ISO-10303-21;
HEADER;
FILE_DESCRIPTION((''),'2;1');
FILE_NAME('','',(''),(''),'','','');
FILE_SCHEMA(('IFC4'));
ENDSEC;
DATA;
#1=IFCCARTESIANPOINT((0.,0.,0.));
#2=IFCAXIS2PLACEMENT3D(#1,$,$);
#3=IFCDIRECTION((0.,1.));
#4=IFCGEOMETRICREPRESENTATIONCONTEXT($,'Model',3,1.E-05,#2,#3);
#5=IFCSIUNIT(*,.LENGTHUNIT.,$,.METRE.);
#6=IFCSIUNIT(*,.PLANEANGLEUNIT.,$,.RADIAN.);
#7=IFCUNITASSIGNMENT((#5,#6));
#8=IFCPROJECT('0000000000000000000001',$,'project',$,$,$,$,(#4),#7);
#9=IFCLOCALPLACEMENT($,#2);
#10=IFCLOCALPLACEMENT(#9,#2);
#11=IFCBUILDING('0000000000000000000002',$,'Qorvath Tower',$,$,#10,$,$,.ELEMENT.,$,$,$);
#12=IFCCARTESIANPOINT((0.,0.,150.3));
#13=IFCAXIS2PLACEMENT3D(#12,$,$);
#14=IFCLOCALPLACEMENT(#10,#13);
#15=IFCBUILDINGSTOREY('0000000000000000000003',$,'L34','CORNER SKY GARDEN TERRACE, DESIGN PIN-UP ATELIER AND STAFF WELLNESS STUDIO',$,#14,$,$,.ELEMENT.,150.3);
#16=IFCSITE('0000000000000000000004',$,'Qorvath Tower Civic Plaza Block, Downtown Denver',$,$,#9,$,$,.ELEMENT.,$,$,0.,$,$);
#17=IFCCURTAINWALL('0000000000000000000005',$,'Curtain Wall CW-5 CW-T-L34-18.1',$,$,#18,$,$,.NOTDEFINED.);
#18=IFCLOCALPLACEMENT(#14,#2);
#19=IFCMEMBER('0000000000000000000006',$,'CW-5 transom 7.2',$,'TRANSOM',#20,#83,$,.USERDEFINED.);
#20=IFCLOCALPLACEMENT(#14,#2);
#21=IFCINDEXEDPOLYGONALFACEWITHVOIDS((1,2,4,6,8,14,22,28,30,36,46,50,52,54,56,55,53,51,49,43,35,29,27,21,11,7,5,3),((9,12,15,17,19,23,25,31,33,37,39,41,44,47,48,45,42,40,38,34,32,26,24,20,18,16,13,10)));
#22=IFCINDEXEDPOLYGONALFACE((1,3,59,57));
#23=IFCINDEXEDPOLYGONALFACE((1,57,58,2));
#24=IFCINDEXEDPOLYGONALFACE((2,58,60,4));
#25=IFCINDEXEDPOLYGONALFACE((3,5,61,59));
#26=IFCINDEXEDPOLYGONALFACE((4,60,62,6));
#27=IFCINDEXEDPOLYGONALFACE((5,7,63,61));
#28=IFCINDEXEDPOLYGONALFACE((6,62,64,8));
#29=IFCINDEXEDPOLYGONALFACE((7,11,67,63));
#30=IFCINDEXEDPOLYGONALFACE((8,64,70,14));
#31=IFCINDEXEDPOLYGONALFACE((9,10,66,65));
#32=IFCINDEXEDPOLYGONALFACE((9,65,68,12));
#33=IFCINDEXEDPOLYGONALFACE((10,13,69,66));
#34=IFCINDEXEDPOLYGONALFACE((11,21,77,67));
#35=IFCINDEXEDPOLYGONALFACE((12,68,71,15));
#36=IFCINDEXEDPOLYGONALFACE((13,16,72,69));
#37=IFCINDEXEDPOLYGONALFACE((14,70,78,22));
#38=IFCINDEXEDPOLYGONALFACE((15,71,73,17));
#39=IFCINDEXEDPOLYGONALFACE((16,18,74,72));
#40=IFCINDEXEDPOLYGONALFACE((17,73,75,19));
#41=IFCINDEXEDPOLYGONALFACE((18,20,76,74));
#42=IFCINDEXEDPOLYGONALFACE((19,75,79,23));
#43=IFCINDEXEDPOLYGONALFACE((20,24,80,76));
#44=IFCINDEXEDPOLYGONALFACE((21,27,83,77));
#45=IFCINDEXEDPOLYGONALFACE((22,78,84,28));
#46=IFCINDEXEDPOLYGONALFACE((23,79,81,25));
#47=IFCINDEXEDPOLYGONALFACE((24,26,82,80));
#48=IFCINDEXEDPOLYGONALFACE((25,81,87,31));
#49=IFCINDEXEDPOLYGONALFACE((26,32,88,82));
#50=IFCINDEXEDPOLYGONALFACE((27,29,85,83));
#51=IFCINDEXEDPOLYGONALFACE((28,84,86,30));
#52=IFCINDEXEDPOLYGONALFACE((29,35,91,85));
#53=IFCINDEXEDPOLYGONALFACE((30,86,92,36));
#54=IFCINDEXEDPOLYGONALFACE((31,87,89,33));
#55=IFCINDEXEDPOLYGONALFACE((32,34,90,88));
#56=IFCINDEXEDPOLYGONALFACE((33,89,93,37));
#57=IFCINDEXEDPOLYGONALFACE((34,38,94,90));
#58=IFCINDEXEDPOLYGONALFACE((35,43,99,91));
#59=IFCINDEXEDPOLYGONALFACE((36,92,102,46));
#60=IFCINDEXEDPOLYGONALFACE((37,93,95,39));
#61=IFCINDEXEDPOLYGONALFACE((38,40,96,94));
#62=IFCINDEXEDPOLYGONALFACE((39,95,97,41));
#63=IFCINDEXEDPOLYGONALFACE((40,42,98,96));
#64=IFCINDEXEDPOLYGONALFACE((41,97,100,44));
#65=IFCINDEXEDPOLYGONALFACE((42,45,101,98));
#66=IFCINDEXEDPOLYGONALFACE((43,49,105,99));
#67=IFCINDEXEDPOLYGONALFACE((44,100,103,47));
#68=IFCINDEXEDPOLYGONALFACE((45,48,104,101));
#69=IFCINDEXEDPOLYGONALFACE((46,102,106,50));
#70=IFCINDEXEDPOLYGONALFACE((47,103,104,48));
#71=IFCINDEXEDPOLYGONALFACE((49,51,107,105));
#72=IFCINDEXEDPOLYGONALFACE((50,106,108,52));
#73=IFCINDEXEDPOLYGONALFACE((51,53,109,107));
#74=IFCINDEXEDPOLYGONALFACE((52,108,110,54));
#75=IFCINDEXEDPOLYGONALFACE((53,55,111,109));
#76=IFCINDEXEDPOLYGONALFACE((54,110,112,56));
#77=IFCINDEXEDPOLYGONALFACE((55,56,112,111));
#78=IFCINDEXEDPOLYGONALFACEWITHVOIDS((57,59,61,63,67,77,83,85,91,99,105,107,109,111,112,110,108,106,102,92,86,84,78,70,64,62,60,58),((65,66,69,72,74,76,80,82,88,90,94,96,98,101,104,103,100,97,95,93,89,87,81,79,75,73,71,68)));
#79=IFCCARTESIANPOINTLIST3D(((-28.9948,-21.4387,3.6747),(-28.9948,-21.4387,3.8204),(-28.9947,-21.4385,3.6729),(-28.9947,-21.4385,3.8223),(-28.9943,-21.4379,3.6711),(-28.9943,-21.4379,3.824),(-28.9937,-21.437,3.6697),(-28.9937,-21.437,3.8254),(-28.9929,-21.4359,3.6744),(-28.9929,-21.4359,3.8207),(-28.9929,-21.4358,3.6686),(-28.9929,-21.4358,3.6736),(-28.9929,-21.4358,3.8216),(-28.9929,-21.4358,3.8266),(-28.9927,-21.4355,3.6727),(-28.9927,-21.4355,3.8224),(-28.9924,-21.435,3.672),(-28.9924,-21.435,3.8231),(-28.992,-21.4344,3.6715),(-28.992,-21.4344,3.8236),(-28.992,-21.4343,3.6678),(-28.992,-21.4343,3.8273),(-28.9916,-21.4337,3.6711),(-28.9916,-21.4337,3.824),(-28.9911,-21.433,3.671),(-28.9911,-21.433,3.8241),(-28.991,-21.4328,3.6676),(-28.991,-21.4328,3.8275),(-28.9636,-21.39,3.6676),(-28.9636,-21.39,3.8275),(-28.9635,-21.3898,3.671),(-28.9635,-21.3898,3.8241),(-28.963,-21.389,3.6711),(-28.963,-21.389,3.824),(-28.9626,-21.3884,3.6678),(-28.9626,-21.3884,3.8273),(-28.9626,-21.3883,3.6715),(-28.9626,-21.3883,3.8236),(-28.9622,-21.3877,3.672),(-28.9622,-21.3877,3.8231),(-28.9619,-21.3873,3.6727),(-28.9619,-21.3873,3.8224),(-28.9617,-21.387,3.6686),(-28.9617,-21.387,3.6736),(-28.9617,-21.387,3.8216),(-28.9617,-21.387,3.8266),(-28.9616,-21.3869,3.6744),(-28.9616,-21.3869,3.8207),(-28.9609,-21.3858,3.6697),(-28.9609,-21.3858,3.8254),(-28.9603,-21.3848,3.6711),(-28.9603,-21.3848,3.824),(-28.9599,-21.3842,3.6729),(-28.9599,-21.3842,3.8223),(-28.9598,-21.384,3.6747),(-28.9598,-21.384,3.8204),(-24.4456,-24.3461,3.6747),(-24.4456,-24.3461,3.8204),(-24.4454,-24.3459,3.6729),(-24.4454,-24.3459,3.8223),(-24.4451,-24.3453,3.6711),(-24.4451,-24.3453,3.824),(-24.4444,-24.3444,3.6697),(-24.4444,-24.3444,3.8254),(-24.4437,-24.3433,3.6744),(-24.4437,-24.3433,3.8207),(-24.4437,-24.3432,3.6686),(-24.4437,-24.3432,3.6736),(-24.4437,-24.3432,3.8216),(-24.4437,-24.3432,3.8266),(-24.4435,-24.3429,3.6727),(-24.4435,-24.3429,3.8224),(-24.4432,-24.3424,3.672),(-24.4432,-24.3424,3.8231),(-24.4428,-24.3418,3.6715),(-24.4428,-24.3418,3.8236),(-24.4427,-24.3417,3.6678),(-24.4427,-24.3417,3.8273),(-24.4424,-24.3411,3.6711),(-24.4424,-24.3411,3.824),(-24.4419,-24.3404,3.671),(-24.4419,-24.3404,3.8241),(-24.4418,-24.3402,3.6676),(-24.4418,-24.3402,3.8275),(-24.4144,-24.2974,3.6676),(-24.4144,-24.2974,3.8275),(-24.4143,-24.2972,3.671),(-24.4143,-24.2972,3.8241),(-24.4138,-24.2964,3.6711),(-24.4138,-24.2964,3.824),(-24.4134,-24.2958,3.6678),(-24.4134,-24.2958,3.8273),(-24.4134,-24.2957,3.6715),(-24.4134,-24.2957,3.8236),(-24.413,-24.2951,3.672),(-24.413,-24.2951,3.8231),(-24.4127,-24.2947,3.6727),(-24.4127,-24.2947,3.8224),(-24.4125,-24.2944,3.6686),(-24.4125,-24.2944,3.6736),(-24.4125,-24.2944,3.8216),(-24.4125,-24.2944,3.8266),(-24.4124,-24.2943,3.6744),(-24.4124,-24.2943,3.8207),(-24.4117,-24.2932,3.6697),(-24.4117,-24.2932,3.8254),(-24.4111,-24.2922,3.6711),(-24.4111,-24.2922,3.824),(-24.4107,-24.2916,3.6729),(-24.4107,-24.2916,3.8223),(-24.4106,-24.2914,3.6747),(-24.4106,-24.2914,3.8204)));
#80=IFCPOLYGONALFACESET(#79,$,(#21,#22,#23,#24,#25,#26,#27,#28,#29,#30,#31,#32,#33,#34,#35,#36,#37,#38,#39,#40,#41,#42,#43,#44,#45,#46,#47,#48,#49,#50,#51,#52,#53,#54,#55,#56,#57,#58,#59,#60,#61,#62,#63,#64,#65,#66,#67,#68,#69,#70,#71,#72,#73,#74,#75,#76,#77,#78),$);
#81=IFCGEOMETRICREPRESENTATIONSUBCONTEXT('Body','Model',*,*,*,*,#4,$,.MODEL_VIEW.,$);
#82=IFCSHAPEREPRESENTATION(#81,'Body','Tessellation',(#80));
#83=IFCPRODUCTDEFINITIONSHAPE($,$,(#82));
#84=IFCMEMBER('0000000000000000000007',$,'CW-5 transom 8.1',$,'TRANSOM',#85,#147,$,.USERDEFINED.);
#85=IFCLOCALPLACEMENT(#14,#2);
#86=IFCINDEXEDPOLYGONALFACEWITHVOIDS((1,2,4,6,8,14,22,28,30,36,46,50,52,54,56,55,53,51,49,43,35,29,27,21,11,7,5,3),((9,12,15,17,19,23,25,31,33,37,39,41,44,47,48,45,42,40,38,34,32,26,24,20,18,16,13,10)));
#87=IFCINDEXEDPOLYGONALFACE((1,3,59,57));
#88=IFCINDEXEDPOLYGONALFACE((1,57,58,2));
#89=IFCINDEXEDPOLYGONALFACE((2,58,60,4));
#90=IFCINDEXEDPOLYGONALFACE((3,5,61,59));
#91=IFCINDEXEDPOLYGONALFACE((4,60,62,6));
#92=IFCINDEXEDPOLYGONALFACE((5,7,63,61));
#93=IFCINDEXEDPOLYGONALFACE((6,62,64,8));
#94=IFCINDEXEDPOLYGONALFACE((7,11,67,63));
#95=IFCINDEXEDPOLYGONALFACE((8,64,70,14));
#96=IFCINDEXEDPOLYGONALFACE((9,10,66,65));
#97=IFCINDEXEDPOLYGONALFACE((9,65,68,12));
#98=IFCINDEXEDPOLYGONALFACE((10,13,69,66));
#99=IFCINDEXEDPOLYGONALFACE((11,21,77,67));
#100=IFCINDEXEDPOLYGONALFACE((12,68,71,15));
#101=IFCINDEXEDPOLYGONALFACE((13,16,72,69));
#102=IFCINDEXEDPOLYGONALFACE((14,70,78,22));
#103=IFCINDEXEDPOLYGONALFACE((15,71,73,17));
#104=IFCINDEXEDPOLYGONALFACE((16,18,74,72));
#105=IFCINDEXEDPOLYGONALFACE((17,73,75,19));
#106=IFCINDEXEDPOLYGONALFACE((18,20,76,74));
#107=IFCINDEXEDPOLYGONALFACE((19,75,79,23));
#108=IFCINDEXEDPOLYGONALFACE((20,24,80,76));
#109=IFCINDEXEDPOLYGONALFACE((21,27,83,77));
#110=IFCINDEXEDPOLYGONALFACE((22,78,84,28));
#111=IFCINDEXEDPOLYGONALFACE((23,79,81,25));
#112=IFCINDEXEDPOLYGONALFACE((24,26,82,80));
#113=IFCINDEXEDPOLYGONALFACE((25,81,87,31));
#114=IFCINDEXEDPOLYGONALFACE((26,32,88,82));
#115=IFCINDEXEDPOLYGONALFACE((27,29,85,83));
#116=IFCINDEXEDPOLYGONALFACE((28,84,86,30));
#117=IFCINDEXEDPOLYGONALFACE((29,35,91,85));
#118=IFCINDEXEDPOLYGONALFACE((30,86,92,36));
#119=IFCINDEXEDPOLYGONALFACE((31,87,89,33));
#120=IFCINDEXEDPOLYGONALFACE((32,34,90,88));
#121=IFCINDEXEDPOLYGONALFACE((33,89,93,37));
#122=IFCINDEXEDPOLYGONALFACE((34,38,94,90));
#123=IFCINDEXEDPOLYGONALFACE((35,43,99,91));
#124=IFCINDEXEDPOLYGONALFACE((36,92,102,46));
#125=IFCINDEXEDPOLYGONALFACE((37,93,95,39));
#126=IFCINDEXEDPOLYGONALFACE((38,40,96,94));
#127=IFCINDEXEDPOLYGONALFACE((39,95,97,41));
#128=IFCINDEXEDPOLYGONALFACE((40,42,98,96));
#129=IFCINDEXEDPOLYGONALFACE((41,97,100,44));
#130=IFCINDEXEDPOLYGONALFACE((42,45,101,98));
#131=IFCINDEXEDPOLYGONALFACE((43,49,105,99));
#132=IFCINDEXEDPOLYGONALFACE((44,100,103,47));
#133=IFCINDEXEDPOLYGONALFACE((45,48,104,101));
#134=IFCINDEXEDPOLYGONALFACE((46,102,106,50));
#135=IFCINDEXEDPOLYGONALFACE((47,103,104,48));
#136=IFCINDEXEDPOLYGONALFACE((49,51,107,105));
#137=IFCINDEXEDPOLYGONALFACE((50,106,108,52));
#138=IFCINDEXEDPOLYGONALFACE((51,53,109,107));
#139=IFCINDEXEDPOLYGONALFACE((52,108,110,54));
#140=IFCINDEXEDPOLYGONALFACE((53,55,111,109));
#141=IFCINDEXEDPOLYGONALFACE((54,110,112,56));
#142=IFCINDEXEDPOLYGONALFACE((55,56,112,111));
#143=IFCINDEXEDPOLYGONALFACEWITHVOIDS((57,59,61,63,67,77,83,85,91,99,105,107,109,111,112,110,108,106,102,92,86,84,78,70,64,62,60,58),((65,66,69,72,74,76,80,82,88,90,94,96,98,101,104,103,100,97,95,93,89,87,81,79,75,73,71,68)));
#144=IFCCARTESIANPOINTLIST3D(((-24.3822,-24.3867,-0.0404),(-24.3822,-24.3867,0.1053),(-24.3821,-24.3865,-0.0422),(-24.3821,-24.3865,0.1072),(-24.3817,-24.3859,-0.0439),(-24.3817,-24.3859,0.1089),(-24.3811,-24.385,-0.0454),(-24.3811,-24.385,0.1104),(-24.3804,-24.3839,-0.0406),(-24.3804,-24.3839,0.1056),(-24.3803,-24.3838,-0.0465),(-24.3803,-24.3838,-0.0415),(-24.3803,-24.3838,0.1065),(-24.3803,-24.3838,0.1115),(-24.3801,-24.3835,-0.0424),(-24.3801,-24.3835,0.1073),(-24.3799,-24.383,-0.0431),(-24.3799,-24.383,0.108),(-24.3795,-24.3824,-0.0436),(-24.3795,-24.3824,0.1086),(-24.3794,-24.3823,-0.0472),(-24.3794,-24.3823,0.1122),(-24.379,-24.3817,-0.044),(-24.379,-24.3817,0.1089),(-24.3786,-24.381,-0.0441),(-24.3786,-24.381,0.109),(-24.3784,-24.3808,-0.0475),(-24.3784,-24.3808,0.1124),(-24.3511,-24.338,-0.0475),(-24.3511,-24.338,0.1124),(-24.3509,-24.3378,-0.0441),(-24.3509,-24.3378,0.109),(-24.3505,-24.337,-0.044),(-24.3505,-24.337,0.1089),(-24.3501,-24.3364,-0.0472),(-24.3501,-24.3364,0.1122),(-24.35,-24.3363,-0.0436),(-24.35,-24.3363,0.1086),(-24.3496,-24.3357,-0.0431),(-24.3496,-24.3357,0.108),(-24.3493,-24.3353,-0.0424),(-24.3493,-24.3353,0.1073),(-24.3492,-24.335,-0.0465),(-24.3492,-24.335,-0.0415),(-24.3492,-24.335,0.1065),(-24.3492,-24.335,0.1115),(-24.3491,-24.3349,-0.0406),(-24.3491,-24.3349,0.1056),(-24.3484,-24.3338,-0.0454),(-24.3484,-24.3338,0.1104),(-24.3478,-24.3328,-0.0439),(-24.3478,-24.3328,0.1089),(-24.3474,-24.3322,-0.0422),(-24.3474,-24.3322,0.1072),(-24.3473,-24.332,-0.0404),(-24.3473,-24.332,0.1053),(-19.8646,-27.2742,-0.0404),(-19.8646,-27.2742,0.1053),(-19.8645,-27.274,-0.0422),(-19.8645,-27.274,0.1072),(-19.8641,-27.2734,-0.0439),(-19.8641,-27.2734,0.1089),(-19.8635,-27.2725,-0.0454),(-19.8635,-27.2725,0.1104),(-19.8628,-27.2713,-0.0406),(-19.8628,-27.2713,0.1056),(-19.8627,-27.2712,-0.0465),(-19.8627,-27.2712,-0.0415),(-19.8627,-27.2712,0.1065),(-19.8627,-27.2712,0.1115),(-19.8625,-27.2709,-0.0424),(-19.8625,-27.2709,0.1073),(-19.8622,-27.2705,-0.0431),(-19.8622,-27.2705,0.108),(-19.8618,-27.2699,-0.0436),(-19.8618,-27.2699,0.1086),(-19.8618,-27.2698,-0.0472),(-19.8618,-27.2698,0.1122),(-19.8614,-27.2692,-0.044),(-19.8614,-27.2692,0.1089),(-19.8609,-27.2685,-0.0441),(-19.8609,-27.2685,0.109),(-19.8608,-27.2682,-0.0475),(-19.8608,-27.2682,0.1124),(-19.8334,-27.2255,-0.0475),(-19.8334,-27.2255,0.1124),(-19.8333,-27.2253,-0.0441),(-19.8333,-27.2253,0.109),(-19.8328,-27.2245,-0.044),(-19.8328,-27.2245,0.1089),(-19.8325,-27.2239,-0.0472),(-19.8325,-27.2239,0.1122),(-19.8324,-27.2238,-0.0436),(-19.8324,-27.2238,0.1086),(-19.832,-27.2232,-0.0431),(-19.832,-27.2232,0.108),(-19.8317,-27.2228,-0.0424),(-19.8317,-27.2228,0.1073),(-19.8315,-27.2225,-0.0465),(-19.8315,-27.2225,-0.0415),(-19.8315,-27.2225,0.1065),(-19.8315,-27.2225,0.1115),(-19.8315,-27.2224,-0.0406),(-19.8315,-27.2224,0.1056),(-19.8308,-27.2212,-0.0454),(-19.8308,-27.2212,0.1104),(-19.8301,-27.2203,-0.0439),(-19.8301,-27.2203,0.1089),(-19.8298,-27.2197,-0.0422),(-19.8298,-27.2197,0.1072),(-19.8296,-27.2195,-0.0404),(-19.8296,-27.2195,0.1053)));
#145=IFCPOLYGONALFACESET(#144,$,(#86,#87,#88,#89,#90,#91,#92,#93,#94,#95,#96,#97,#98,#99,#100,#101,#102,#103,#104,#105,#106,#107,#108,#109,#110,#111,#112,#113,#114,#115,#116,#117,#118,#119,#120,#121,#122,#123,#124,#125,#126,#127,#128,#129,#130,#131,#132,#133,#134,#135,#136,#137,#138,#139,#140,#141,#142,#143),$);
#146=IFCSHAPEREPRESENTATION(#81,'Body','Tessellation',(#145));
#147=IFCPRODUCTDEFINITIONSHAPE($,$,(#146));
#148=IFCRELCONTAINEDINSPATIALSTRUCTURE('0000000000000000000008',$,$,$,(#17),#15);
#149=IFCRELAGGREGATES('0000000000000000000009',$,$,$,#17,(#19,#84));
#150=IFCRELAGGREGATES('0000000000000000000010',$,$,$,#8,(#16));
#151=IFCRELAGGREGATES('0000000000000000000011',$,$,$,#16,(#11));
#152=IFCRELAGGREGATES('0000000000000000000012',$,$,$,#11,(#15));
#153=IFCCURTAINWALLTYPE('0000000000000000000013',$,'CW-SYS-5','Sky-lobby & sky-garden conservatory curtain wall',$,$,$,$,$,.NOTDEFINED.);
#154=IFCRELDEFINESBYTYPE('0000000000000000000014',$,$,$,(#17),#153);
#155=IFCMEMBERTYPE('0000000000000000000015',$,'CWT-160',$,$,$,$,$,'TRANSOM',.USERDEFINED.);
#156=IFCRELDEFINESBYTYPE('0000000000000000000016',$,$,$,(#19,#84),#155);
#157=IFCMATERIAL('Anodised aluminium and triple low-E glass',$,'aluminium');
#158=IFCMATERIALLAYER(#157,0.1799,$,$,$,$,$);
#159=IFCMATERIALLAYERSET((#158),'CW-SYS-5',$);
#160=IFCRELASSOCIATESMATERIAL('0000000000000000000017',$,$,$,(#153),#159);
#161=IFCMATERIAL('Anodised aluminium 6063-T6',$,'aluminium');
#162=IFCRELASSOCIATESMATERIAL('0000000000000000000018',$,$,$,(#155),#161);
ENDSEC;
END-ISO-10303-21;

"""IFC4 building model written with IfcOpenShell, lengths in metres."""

from ifc_helpers import new_model, si_unit, direction, frame, origin, origin_2d, place, context, subcontext, project, spatial, hollow_rectangle, extrude, material, layer, layer_set, material_profile, profile_set, type_object, element, aggregate, save


model = new_model("IFC4")

# Units and contexts
model_context = context("Model", 3, precision=1e-05, world=origin(), true_north=direction((0.0, 1.0)))
body_context = subcontext(model_context, "Body", "Model", "MODEL_VIEW")
ifc_project = project(units=[si_unit("LENGTHUNIT", "METRE"), si_unit("PLANEANGLEUNIT", "RADIAN")], contexts=[model_context])

# Site, building, storey
site_placement = place(None, origin())
site = spatial("IfcSite", under=ifc_project, at=site_placement, Name="Qorvath Tower Civic Plaza Block, Downtown Denver", CompositionType="ELEMENT", RefElevation=0.0)
building_placement = place(site_placement, origin())
building = spatial("IfcBuilding", under=site, at=building_placement, Name="Qorvath Tower", CompositionType="ELEMENT")
storey_placement = place(building_placement, frame((0.0, 0.0, 150.3)))
storey = spatial("IfcBuildingStorey", under=building, at=storey_placement, Name="L34", Description="CORNER SKY GARDEN TERRACE, DESIGN PIN-UP ATELIER AND STAFF WELLNESS STUDIO", CompositionType="ELEMENT", Elevation=150.3)

# Curtain wall, members
ifc_material_1 = material(Name="Anodised aluminium and triple low-E glass", Category="aluminium")
ifc_layer_1 = layer(ifc_material_1, 0.1799)
ifc_layer_set_1 = layer_set([ifc_layer_1], Name="CW-SYS-5")
curtain_wall_type = type_object("IfcCurtainWallType", Name="CW-SYS-5", Description="Sky-lobby & sky-garden conservatory curtain wall", PredefinedType="NOTDEFINED", material=ifc_layer_set_1)
curtain_wall_placement = place(storey_placement, origin())
curtain_wall = element("IfcCurtainWall", 1, at=curtain_wall_placement, inside=storey, type_object=curtain_wall_type, Name="Curtain Wall CW-5 CW-T-L34-18.1", PredefinedType="NOTDEFINED")
ifc_material_2 = material(Name="Anodised aluminium 6063-T6", Category="aluminium")
ifc_material_profile_1 = material_profile(ifc_material_2, hollow_rectangle(XDim=0.0649, YDim=0.1599, WallThickness=0.0034, InnerFilletRadius=0.0034, OuterFilletRadius=0.0071, at=origin_2d()), Name="CWT 160x65")
ifc_profile_set_1 = profile_set([ifc_material_profile_1], Name="Anodised aluminium 6063-T6")
member_type_1 = type_object("IfcMemberType", Name="CWT-160", ElementType="TRANSOM", PredefinedType="USERDEFINED", material=ifc_profile_set_1)
member_1_placement = place(storey_placement, frame((-28.9773, -21.4114, 3.7476), z_axis=(0.842615, -0.538516, 0.0), x_axis=(0.538516, 0.842615, 0.0)))
member_1 = element("IfcMember", 2, at=member_1_placement, type_object=member_type_1, Name="CW-5 transom 7.2", ObjectType="TRANSOM", PredefinedType="USERDEFINED", context=body_context, shape_type="SweptSolid", body=[
    extrude(hollow_rectangle(XDim=0.0649, YDim=0.1599, WallThickness=0.0034, InnerFilletRadius=0.0034, OuterFilletRadius=0.0071, at=origin_2d()), origin(), (0.0, 0.0, 1.0), 5.3989),
])
member_2_placement = place(storey_placement, frame((-24.3647, -24.3594, 0.0325), z_axis=(0.842593, -0.538551, 0.0), x_axis=(0.538551, 0.842593, 0.0)))
member_2 = element("IfcMember", 3, at=member_2_placement, type_object=member_type_1, Name="CW-5 transom 8.1", ObjectType="TRANSOM", PredefinedType="USERDEFINED", context=body_context, shape_type="SweptSolid", body=[
    extrude(hollow_rectangle(XDim=0.0649, YDim=0.1599, WallThickness=0.0034, InnerFilletRadius=0.0034, OuterFilletRadius=0.0071, at=origin_2d()), origin(), (0.0, 0.0, 1.0), 5.3616),
])
aggregate(curtain_wall, [member_1, member_2])

save(model, "model.ifc")
